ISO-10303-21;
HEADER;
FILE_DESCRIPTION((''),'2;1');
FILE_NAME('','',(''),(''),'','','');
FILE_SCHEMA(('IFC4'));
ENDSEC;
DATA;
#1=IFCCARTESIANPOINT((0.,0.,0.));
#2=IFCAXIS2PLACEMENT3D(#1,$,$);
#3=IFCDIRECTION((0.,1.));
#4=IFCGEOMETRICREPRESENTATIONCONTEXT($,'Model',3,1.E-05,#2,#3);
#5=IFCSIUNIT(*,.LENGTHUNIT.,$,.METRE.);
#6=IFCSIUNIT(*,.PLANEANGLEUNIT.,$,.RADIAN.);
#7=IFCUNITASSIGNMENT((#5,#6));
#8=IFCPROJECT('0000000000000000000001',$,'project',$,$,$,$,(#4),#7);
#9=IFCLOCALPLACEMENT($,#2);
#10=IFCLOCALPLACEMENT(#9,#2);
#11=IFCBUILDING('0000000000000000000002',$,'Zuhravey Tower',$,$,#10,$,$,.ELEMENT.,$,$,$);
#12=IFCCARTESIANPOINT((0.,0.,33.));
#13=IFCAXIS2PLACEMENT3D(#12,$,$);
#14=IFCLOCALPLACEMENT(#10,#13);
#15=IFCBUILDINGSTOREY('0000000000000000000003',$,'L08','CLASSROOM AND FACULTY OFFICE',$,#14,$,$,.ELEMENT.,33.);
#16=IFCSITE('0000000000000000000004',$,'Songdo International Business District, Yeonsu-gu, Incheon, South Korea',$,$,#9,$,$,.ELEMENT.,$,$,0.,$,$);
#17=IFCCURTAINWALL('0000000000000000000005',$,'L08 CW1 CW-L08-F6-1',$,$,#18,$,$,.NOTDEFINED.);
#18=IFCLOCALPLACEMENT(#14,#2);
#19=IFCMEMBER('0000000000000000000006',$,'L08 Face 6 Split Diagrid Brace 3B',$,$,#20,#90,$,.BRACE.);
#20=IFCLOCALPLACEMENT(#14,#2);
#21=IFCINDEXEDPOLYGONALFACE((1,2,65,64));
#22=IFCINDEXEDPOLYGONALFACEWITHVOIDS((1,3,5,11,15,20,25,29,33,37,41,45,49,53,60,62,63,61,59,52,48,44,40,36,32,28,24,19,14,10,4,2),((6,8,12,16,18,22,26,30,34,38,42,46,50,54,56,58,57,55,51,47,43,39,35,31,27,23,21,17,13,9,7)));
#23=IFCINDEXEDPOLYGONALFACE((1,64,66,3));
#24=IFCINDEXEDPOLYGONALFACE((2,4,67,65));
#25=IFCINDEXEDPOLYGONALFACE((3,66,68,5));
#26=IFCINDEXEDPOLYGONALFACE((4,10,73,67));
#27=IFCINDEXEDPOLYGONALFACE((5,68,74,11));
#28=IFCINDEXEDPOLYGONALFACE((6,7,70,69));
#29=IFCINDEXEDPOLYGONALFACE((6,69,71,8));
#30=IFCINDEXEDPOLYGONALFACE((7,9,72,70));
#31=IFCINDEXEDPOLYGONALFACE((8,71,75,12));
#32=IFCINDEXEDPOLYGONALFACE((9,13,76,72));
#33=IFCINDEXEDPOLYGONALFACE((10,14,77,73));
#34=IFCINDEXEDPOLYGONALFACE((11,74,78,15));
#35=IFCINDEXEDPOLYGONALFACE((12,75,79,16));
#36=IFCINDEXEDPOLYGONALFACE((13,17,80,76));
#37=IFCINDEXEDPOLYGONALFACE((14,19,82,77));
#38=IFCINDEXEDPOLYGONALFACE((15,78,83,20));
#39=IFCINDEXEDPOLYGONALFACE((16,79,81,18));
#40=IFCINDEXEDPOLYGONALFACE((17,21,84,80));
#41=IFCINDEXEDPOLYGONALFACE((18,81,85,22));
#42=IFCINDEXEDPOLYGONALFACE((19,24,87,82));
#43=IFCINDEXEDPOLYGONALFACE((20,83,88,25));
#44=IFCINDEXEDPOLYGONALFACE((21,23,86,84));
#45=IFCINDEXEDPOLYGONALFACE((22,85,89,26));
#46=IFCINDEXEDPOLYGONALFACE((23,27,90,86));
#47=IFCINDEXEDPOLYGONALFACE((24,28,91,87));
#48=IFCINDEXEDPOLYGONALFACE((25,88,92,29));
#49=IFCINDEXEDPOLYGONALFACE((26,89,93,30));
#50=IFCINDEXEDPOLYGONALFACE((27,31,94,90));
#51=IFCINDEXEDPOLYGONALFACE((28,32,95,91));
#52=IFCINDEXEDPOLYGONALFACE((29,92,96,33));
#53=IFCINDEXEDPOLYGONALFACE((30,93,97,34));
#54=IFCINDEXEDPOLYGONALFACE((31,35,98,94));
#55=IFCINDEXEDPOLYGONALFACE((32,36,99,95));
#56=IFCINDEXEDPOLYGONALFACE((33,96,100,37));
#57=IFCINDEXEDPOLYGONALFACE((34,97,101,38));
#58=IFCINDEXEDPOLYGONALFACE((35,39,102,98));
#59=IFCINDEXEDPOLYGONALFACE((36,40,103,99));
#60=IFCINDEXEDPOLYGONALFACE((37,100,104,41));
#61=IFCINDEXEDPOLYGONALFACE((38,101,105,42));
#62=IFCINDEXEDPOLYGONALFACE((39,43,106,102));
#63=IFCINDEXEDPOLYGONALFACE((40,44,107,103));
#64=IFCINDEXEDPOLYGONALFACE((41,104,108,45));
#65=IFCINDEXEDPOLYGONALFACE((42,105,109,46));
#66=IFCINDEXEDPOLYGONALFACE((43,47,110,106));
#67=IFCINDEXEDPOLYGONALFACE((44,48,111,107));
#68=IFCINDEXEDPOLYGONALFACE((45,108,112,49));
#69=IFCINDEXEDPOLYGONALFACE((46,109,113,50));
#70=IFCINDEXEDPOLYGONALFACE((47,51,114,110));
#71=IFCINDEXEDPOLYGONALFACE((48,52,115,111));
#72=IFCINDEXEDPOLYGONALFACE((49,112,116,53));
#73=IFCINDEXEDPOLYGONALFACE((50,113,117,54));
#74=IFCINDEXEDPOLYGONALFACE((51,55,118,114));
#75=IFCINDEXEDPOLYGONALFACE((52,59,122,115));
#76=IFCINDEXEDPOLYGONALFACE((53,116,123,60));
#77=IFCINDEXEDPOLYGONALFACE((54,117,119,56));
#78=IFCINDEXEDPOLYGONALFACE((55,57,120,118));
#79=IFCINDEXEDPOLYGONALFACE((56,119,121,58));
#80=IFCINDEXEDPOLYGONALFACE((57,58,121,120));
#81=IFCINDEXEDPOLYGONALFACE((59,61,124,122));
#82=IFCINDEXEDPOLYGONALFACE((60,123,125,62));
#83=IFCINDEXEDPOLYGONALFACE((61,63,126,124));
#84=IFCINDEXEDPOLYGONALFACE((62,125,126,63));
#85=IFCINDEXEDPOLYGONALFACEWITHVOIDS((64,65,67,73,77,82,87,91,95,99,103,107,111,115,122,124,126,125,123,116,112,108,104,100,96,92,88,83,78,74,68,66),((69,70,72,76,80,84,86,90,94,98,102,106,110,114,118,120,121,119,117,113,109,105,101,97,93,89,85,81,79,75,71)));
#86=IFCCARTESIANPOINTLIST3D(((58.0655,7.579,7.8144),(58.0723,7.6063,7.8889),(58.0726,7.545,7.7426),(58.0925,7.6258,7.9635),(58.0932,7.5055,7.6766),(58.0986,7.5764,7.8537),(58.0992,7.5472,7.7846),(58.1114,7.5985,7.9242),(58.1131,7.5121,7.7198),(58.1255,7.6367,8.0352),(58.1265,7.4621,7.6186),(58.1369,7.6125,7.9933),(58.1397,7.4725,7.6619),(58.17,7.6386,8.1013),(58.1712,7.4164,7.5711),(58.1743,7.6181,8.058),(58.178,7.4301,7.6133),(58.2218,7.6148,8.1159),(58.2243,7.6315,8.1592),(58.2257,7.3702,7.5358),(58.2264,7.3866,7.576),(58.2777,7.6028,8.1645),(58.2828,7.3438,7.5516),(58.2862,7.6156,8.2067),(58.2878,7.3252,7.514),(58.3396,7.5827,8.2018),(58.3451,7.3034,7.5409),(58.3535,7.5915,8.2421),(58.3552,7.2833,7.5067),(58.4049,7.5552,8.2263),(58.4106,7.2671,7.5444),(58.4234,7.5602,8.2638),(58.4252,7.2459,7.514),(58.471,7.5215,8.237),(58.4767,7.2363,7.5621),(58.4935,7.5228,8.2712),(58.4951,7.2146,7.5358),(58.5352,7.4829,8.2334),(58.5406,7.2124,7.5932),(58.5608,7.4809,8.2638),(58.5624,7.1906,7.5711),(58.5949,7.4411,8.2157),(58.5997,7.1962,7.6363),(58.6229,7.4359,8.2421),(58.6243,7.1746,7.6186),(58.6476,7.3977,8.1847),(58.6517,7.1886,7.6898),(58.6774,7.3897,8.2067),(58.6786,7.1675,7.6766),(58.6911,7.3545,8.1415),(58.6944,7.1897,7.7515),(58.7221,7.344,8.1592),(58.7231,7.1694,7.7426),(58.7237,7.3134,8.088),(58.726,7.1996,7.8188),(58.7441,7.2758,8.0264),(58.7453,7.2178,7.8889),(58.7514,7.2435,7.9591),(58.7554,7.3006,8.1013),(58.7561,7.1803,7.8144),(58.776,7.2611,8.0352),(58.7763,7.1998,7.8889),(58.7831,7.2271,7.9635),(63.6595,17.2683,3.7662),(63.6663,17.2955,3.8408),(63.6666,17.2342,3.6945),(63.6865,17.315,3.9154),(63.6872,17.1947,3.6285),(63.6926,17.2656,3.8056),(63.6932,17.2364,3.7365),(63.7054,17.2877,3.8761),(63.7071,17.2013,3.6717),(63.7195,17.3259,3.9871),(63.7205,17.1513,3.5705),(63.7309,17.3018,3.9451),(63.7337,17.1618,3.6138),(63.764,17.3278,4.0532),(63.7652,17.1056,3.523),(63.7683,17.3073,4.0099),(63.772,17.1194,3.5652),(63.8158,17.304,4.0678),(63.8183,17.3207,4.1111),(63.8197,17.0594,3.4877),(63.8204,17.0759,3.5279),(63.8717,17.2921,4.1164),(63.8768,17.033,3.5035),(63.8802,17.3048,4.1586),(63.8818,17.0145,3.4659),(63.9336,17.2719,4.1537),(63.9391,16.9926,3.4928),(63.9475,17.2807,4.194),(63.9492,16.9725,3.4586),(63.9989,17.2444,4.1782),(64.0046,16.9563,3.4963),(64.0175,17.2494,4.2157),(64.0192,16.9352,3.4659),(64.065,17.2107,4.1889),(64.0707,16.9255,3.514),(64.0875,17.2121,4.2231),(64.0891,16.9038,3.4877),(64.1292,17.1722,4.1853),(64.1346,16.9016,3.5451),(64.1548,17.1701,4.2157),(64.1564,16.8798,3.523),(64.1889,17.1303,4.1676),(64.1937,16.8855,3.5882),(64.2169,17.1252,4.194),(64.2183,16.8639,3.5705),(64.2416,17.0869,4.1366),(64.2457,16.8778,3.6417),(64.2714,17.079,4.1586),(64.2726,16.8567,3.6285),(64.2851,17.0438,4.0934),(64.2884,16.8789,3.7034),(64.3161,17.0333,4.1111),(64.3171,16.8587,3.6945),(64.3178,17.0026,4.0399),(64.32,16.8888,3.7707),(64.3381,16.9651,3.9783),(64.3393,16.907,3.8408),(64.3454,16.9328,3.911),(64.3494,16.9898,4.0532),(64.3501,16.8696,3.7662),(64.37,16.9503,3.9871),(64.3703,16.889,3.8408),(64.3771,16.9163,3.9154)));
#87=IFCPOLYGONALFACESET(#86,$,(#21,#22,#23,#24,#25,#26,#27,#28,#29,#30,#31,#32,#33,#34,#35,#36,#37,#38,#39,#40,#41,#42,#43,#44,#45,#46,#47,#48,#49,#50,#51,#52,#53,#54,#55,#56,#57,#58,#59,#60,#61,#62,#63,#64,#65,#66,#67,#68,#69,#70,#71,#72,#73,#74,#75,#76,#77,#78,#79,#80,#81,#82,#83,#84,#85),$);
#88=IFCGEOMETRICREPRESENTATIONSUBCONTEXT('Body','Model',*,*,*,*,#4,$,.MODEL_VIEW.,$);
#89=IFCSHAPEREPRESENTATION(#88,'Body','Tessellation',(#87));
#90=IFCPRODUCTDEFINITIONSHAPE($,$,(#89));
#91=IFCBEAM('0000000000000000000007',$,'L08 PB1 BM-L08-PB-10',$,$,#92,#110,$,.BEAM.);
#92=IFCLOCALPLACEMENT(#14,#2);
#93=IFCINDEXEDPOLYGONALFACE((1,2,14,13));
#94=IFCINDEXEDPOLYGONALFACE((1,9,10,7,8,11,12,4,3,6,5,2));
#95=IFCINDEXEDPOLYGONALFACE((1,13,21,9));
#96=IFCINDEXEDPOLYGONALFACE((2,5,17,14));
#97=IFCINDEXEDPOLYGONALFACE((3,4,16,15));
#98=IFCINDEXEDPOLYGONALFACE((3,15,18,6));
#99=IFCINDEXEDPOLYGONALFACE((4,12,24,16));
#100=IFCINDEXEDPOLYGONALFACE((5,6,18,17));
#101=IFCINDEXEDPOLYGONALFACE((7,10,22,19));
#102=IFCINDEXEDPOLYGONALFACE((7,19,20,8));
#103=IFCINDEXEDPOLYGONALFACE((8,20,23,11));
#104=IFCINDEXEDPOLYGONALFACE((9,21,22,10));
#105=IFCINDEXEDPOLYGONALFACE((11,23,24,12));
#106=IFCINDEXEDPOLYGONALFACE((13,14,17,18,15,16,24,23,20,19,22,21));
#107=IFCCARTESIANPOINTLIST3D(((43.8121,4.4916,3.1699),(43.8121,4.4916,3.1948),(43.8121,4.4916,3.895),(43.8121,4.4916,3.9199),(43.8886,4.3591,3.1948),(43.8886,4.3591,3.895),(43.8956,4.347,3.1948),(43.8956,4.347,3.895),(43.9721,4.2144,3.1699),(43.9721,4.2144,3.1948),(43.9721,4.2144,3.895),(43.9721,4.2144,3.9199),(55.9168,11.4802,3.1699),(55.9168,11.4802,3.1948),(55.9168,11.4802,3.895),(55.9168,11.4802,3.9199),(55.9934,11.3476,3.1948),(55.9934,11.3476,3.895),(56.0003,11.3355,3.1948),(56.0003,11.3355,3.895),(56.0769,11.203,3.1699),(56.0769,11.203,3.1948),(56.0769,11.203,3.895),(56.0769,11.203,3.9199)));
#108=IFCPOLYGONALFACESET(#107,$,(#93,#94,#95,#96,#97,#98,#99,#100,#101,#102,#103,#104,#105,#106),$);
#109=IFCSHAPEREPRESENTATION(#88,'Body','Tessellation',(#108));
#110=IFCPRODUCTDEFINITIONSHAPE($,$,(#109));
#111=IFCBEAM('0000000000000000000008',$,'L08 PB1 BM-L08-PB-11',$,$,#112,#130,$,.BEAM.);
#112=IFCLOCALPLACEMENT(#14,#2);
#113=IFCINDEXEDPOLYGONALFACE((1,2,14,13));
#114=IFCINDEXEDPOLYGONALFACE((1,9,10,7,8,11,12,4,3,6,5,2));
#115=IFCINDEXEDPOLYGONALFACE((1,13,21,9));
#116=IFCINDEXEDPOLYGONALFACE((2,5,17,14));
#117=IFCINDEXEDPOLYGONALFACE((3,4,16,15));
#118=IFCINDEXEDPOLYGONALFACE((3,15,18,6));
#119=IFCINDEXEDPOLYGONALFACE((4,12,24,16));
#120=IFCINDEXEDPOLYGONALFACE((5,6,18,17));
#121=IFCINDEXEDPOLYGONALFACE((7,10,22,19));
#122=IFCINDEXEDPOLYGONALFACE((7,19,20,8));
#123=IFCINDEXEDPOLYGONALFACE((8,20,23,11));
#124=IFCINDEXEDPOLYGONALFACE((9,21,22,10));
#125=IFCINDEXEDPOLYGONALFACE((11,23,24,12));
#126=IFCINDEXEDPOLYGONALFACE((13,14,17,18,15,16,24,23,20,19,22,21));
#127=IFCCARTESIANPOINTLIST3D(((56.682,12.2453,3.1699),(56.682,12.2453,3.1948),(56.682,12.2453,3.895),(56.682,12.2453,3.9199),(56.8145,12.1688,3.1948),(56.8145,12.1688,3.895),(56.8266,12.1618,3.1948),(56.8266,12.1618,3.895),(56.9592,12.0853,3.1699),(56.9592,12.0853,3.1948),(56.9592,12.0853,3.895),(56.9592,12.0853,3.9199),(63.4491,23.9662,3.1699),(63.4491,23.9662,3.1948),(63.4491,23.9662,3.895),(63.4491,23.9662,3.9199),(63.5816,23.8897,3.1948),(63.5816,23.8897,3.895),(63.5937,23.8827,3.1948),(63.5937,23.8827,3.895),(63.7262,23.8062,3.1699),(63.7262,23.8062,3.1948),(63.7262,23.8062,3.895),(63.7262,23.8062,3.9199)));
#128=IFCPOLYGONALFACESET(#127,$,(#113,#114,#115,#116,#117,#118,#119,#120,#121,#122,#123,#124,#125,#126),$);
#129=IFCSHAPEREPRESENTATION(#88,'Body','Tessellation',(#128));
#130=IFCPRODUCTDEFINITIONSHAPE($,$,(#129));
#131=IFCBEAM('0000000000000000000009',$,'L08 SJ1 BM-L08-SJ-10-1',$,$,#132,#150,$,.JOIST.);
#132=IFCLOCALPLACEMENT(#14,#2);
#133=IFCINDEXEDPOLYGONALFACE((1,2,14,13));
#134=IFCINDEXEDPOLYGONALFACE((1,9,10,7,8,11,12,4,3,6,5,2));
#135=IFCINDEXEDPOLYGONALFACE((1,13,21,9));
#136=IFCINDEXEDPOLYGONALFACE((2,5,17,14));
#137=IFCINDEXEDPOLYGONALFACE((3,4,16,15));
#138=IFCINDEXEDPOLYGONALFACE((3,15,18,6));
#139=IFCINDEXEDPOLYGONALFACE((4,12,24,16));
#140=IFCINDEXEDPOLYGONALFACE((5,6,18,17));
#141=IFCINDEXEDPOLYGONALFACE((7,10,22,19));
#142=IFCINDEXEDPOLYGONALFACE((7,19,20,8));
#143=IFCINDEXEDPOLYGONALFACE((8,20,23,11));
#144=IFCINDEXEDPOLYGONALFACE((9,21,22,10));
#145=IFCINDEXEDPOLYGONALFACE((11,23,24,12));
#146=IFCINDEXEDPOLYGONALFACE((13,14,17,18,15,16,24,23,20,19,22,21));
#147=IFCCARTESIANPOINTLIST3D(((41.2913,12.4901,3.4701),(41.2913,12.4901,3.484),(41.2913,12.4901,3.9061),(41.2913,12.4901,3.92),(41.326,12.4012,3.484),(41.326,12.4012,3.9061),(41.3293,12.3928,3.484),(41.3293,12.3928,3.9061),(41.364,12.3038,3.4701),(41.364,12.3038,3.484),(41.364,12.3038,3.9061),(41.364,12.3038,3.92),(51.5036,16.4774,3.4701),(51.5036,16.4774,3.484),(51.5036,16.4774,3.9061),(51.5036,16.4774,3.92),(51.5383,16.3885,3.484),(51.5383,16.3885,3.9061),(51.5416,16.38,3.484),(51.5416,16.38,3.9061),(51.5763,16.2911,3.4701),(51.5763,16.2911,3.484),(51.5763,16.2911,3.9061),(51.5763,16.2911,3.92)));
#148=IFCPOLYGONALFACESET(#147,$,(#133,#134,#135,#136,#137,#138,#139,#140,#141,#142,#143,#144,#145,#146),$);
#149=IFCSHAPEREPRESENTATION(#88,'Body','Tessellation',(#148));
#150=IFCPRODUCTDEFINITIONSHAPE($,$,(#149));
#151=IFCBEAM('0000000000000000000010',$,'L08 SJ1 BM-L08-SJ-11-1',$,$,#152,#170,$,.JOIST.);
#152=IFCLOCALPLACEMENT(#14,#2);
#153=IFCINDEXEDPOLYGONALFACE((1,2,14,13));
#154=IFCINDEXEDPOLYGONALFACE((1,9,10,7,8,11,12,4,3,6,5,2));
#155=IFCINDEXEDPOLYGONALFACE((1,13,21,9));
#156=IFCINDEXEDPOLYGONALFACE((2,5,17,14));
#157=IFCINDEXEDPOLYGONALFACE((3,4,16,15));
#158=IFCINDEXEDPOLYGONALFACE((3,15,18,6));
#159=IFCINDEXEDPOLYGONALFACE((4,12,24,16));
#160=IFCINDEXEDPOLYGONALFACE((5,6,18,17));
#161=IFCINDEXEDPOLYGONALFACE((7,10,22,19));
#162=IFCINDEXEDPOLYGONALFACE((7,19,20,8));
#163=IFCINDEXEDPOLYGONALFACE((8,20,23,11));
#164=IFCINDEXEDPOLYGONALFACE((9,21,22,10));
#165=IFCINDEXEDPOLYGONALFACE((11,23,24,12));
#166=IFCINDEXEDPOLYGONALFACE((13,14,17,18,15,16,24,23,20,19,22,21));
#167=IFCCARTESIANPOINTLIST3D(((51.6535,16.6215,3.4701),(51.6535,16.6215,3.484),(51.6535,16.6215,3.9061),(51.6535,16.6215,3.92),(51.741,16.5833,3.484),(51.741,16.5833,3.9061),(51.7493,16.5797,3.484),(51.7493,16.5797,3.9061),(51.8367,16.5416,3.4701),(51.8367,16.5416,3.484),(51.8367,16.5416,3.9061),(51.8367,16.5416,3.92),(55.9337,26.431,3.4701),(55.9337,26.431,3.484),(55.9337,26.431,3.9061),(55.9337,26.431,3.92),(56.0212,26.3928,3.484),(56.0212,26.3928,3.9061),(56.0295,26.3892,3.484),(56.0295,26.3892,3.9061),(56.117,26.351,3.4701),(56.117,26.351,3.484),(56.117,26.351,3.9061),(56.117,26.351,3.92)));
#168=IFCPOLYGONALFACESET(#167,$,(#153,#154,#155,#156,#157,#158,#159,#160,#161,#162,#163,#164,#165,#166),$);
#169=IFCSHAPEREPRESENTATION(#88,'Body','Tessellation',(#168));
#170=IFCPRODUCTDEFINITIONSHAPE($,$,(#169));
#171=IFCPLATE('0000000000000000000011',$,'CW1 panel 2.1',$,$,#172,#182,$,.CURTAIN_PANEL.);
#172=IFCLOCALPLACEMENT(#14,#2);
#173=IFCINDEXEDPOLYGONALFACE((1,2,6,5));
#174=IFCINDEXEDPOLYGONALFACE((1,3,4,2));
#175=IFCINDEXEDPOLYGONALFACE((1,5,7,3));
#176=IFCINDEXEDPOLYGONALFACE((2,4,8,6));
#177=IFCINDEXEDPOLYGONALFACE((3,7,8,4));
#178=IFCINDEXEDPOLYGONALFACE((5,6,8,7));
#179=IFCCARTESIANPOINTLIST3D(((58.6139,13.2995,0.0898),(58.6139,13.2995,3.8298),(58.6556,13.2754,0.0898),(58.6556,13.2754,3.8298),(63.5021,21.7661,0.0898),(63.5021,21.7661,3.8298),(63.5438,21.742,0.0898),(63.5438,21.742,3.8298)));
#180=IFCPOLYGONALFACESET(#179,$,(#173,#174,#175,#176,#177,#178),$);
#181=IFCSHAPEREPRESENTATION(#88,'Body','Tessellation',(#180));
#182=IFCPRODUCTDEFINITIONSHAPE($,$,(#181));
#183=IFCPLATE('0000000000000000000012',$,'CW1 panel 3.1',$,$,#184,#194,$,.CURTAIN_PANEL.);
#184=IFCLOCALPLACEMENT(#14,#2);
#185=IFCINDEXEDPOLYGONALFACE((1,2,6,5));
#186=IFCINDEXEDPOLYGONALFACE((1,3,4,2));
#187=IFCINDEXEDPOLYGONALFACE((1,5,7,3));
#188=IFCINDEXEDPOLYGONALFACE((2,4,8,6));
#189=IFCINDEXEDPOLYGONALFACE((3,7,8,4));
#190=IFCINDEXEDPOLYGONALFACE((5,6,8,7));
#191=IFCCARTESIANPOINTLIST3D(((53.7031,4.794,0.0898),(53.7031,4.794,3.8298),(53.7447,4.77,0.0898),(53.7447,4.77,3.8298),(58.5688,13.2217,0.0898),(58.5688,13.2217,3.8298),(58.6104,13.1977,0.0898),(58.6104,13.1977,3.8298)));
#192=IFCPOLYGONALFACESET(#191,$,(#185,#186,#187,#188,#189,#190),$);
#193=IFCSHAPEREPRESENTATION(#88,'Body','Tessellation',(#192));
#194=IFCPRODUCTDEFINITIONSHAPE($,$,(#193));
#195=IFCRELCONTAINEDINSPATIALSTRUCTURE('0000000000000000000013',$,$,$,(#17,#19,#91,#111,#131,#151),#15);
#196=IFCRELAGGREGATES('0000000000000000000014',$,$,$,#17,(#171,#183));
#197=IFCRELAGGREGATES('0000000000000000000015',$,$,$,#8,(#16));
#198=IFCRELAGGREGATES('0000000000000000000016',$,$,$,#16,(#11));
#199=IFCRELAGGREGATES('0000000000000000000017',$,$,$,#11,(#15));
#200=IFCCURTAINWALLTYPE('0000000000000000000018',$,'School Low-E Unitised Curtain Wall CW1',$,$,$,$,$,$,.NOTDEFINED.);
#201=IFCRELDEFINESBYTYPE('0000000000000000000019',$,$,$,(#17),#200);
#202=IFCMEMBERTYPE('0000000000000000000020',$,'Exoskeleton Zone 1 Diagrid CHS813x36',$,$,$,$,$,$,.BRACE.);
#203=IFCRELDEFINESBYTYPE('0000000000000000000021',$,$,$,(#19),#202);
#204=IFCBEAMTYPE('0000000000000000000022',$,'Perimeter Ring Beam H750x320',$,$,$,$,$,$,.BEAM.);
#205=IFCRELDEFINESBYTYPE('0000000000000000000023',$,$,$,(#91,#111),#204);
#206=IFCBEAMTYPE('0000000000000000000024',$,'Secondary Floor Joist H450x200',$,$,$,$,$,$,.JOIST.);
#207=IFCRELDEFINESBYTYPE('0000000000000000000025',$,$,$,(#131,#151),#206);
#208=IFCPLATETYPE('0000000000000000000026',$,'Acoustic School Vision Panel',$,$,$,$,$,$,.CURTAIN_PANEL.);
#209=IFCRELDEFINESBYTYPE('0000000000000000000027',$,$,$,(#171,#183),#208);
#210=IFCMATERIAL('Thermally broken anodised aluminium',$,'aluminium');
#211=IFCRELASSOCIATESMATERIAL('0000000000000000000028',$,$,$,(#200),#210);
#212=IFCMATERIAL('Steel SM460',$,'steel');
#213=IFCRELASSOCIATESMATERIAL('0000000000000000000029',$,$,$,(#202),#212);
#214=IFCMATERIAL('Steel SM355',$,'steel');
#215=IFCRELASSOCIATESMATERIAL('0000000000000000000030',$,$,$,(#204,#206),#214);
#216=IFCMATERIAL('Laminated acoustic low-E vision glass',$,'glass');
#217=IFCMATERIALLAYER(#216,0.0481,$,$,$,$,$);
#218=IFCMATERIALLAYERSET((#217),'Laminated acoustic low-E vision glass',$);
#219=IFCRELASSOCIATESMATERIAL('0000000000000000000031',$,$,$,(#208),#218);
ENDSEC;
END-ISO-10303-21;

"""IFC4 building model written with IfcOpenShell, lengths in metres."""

from ifc_helpers import new_model, si_unit, direction, frame, origin, origin_2d, place, context, subcontext, project, spatial, rectangle, hollow_circle, i_section, extrude, material, layer, layer_set, material_profile, profile_set, type_object, element, aggregate, save


model = new_model("IFC4")

# Units and contexts
model_context = context("Model", 3, precision=1e-05, world=origin(), true_north=direction((0.0, 1.0)))
body_context = subcontext(model_context, "Body", "Model", "MODEL_VIEW")
ifc_project = project(units=[si_unit("LENGTHUNIT", "METRE"), si_unit("PLANEANGLEUNIT", "RADIAN")], contexts=[model_context])

# Site, building, storey
site_placement = place(None, origin())
site = spatial("IfcSite", under=ifc_project, at=site_placement, Name="Songdo International Business District, Yeonsu-gu, Incheon, South Korea", CompositionType="ELEMENT", RefElevation=0.0)
building_placement = place(site_placement, origin())
building = spatial("IfcBuilding", under=site, at=building_placement, Name="Zuhravey Tower", CompositionType="ELEMENT")
storey_placement = place(building_placement, frame((0.0, 0.0, 33.0)))
storey = spatial("IfcBuildingStorey", under=building, at=storey_placement, Name="L08", Description="CLASSROOM AND FACULTY OFFICE", CompositionType="ELEMENT", Elevation=33.0)

# Curtain wall
ifc_material_1 = material(Name="Thermally broken anodised aluminium", Category="aluminium")
curtain_wall_type = type_object("IfcCurtainWallType", Name="School Low-E Unitised Curtain Wall CW1", PredefinedType="NOTDEFINED", material=ifc_material_1)
curtain_wall_1_placement = place(storey_placement, origin())
curtain_wall_1 = element("IfcCurtainWall", 1, at=curtain_wall_1_placement, inside=storey, type_object=curtain_wall_type, Name="L08 CW1 CW-L08-F6-1", PredefinedType="NOTDEFINED")

# Member
ifc_material_2 = material(Name="Steel SM355", Category="steel")
ifc_material_3 = material(Name="Steel SM460", Category="steel")
ifc_material_profile_1 = material_profile(ifc_material_3, hollow_circle(Radius=0.4065, WallThickness=0.0359, at=origin_2d()), Name="CHS-812.8x36")
ifc_profile_set_1 = profile_set([ifc_material_profile_1], Name="Steel SM460")
member_type_1 = type_object("IfcMemberType", Name="Exoskeleton Zone 1 Diagrid CHS813x36", PredefinedType="BRACE", material=ifc_profile_set_1)
member_1_placement = place(storey_placement, frame((64.0183, 17.0923, 3.8408), z_axis=(-0.470166, -0.814361, 0.340235), x_axis=(0.866028, -0.499995, 0.0)))
element("IfcMember", 2, at=member_1_placement, inside=storey, type_object=member_type_1, Name="L08 Face 6 Split Diagrid Brace 3B", PredefinedType="BRACE", context=body_context, shape_type="SweptSolid", body=[
    extrude(hollow_circle(Radius=0.4065, WallThickness=0.0359, at=origin_2d()), origin(), (0.0, 0.0, 1.0), 11.8979),
])

# Beams
ifc_material_profile_2 = material_profile(ifc_material_2, i_section(OverallWidth=0.3201, OverallDepth=0.75, WebThickness=0.0139, FlangeThickness=0.0249, at=origin_2d()), Name="H-750x320x14x25")
ifc_profile_set_2 = profile_set([ifc_material_profile_2], Name="Steel SM355")
beam_type_1 = type_object("IfcBeamType", Name="Perimeter Ring Beam H750x320", PredefinedType="BEAM", material=ifc_profile_set_2)
beam_1_placement = place(storey_placement, frame((43.8921, 4.353, 3.5449), z_axis=(0.86603, 0.499992, 0.0), x_axis=(-0.499992, 0.86603, 0.0)))
element("IfcBeam", 3, at=beam_1_placement, inside=storey, type_object=beam_type_1, Name="L08 PB1 BM-L08-PB-10", PredefinedType="BEAM", context=body_context, shape_type="SweptSolid", body=[
    extrude(i_section(OverallWidth=0.3201, OverallDepth=0.75, WebThickness=0.0139, FlangeThickness=0.0249, at=origin_2d()), origin(), (0.0, 0.0, 1.0), 13.9773),
])
beam_2_placement = place(storey_placement, frame((56.8206, 12.1653, 3.5449), z_axis=(0.5, 0.866025, 0.0), x_axis=(-0.866025, 0.5, 0.0)))
element("IfcBeam", 4, at=beam_2_placement, inside=storey, type_object=beam_type_1, Name="L08 PB1 BM-L08-PB-11", PredefinedType="BEAM", context=body_context, shape_type="SweptSolid", body=[
    extrude(i_section(OverallWidth=0.3201, OverallDepth=0.75, WebThickness=0.0139, FlangeThickness=0.0249, at=origin_2d()), origin(), (0.0, 0.0, 1.0), 13.5342),
])
ifc_material_profile_3 = material_profile(ifc_material_2, i_section(OverallWidth=0.2, OverallDepth=0.45, WebThickness=0.009, FlangeThickness=0.0139, at=origin_2d()), Name="H-450x200x9x14")
ifc_profile_set_3 = profile_set([ifc_material_profile_3], Name="Steel SM355")
beam_type_2 = type_object("IfcBeamType", Name="Secondary Floor Joist H450x200", PredefinedType="JOIST", material=ifc_profile_set_3)
beam_3_placement = place(storey_placement, frame((41.3276, 12.397, 3.6951), z_axis=(0.931517, 0.363699, 0.0), x_axis=(-0.363699, 0.931517, 0.0)))
element("IfcBeam", 5, at=beam_3_placement, inside=storey, type_object=beam_type_2, Name="L08 SJ1 BM-L08-SJ-10-1", PredefinedType="JOIST", context=body_context, shape_type="SweptSolid", body=[
    extrude(i_section(OverallWidth=0.2, OverallDepth=0.45, WebThickness=0.009, FlangeThickness=0.0139, at=origin_2d()), origin(), (0.0, 0.0, 1.0), 10.9631),
])
beam_4_placement = place(storey_placement, frame((51.7451, 16.5815, 3.6951), z_axis=(0.399924, 0.916549, 0.0), x_axis=(-0.916549, 0.399924, 0.0)))
element("IfcBeam", 6, at=beam_4_placement, inside=storey, type_object=beam_type_2, Name="L08 SJ1 BM-L08-SJ-11-1", PredefinedType="JOIST", context=body_context, shape_type="SweptSolid", body=[
    extrude(i_section(OverallWidth=0.2, OverallDepth=0.45, WebThickness=0.009, FlangeThickness=0.0139, at=origin_2d()), origin(), (0.0, 0.0, 1.0), 10.7026),
])

# Plates
ifc_material_4 = material(Name="Laminated acoustic low-E vision glass", Category="glass")
ifc_layer_1 = layer(ifc_material_4, 0.0481)
ifc_layer_set_1 = layer_set([ifc_layer_1], Name="Laminated acoustic low-E vision glass")
plate_type_1 = type_object("IfcPlateType", Name="Acoustic School Vision Panel", PredefinedType="CURTAIN_PANEL", material=ifc_layer_set_1)
plate_1_placement = place(storey_placement, frame((61.0789, 17.5208, 0.0898), z_axis=(0.0, 0.0, 1.0), x_axis=(-0.5, -0.866026, 0.0)))
plate_1 = element("IfcPlate", 7, at=plate_1_placement, type_object=plate_type_1, Name="CW1 panel 2.1", PredefinedType="CURTAIN_PANEL", context=body_context, shape_type="SweptSolid", body=[
    extrude(rectangle(XDim=9.7764, YDim=0.0481, at=origin_2d()), origin(), (0.0, 0.0, 1.0), 3.74),
])
plate_2_placement = place(storey_placement, frame((56.1567, 8.9958, 0.0898), z_axis=(0.0, 0.0, 1.0), x_axis=(-0.5, -0.866026, 0.0)))
plate_2 = element("IfcPlate", 8, at=plate_2_placement, type_object=plate_type_1, Name="CW1 panel 3.1", PredefinedType="CURTAIN_PANEL", context=body_context, shape_type="SweptSolid", body=[
    extrude(rectangle(XDim=9.7314, YDim=0.0481, at=origin_2d()), origin(), (0.0, 0.0, 1.0), 3.74),
])
aggregate(curtain_wall_1, [plate_1, plate_2])

save(model, "model.ifc")
